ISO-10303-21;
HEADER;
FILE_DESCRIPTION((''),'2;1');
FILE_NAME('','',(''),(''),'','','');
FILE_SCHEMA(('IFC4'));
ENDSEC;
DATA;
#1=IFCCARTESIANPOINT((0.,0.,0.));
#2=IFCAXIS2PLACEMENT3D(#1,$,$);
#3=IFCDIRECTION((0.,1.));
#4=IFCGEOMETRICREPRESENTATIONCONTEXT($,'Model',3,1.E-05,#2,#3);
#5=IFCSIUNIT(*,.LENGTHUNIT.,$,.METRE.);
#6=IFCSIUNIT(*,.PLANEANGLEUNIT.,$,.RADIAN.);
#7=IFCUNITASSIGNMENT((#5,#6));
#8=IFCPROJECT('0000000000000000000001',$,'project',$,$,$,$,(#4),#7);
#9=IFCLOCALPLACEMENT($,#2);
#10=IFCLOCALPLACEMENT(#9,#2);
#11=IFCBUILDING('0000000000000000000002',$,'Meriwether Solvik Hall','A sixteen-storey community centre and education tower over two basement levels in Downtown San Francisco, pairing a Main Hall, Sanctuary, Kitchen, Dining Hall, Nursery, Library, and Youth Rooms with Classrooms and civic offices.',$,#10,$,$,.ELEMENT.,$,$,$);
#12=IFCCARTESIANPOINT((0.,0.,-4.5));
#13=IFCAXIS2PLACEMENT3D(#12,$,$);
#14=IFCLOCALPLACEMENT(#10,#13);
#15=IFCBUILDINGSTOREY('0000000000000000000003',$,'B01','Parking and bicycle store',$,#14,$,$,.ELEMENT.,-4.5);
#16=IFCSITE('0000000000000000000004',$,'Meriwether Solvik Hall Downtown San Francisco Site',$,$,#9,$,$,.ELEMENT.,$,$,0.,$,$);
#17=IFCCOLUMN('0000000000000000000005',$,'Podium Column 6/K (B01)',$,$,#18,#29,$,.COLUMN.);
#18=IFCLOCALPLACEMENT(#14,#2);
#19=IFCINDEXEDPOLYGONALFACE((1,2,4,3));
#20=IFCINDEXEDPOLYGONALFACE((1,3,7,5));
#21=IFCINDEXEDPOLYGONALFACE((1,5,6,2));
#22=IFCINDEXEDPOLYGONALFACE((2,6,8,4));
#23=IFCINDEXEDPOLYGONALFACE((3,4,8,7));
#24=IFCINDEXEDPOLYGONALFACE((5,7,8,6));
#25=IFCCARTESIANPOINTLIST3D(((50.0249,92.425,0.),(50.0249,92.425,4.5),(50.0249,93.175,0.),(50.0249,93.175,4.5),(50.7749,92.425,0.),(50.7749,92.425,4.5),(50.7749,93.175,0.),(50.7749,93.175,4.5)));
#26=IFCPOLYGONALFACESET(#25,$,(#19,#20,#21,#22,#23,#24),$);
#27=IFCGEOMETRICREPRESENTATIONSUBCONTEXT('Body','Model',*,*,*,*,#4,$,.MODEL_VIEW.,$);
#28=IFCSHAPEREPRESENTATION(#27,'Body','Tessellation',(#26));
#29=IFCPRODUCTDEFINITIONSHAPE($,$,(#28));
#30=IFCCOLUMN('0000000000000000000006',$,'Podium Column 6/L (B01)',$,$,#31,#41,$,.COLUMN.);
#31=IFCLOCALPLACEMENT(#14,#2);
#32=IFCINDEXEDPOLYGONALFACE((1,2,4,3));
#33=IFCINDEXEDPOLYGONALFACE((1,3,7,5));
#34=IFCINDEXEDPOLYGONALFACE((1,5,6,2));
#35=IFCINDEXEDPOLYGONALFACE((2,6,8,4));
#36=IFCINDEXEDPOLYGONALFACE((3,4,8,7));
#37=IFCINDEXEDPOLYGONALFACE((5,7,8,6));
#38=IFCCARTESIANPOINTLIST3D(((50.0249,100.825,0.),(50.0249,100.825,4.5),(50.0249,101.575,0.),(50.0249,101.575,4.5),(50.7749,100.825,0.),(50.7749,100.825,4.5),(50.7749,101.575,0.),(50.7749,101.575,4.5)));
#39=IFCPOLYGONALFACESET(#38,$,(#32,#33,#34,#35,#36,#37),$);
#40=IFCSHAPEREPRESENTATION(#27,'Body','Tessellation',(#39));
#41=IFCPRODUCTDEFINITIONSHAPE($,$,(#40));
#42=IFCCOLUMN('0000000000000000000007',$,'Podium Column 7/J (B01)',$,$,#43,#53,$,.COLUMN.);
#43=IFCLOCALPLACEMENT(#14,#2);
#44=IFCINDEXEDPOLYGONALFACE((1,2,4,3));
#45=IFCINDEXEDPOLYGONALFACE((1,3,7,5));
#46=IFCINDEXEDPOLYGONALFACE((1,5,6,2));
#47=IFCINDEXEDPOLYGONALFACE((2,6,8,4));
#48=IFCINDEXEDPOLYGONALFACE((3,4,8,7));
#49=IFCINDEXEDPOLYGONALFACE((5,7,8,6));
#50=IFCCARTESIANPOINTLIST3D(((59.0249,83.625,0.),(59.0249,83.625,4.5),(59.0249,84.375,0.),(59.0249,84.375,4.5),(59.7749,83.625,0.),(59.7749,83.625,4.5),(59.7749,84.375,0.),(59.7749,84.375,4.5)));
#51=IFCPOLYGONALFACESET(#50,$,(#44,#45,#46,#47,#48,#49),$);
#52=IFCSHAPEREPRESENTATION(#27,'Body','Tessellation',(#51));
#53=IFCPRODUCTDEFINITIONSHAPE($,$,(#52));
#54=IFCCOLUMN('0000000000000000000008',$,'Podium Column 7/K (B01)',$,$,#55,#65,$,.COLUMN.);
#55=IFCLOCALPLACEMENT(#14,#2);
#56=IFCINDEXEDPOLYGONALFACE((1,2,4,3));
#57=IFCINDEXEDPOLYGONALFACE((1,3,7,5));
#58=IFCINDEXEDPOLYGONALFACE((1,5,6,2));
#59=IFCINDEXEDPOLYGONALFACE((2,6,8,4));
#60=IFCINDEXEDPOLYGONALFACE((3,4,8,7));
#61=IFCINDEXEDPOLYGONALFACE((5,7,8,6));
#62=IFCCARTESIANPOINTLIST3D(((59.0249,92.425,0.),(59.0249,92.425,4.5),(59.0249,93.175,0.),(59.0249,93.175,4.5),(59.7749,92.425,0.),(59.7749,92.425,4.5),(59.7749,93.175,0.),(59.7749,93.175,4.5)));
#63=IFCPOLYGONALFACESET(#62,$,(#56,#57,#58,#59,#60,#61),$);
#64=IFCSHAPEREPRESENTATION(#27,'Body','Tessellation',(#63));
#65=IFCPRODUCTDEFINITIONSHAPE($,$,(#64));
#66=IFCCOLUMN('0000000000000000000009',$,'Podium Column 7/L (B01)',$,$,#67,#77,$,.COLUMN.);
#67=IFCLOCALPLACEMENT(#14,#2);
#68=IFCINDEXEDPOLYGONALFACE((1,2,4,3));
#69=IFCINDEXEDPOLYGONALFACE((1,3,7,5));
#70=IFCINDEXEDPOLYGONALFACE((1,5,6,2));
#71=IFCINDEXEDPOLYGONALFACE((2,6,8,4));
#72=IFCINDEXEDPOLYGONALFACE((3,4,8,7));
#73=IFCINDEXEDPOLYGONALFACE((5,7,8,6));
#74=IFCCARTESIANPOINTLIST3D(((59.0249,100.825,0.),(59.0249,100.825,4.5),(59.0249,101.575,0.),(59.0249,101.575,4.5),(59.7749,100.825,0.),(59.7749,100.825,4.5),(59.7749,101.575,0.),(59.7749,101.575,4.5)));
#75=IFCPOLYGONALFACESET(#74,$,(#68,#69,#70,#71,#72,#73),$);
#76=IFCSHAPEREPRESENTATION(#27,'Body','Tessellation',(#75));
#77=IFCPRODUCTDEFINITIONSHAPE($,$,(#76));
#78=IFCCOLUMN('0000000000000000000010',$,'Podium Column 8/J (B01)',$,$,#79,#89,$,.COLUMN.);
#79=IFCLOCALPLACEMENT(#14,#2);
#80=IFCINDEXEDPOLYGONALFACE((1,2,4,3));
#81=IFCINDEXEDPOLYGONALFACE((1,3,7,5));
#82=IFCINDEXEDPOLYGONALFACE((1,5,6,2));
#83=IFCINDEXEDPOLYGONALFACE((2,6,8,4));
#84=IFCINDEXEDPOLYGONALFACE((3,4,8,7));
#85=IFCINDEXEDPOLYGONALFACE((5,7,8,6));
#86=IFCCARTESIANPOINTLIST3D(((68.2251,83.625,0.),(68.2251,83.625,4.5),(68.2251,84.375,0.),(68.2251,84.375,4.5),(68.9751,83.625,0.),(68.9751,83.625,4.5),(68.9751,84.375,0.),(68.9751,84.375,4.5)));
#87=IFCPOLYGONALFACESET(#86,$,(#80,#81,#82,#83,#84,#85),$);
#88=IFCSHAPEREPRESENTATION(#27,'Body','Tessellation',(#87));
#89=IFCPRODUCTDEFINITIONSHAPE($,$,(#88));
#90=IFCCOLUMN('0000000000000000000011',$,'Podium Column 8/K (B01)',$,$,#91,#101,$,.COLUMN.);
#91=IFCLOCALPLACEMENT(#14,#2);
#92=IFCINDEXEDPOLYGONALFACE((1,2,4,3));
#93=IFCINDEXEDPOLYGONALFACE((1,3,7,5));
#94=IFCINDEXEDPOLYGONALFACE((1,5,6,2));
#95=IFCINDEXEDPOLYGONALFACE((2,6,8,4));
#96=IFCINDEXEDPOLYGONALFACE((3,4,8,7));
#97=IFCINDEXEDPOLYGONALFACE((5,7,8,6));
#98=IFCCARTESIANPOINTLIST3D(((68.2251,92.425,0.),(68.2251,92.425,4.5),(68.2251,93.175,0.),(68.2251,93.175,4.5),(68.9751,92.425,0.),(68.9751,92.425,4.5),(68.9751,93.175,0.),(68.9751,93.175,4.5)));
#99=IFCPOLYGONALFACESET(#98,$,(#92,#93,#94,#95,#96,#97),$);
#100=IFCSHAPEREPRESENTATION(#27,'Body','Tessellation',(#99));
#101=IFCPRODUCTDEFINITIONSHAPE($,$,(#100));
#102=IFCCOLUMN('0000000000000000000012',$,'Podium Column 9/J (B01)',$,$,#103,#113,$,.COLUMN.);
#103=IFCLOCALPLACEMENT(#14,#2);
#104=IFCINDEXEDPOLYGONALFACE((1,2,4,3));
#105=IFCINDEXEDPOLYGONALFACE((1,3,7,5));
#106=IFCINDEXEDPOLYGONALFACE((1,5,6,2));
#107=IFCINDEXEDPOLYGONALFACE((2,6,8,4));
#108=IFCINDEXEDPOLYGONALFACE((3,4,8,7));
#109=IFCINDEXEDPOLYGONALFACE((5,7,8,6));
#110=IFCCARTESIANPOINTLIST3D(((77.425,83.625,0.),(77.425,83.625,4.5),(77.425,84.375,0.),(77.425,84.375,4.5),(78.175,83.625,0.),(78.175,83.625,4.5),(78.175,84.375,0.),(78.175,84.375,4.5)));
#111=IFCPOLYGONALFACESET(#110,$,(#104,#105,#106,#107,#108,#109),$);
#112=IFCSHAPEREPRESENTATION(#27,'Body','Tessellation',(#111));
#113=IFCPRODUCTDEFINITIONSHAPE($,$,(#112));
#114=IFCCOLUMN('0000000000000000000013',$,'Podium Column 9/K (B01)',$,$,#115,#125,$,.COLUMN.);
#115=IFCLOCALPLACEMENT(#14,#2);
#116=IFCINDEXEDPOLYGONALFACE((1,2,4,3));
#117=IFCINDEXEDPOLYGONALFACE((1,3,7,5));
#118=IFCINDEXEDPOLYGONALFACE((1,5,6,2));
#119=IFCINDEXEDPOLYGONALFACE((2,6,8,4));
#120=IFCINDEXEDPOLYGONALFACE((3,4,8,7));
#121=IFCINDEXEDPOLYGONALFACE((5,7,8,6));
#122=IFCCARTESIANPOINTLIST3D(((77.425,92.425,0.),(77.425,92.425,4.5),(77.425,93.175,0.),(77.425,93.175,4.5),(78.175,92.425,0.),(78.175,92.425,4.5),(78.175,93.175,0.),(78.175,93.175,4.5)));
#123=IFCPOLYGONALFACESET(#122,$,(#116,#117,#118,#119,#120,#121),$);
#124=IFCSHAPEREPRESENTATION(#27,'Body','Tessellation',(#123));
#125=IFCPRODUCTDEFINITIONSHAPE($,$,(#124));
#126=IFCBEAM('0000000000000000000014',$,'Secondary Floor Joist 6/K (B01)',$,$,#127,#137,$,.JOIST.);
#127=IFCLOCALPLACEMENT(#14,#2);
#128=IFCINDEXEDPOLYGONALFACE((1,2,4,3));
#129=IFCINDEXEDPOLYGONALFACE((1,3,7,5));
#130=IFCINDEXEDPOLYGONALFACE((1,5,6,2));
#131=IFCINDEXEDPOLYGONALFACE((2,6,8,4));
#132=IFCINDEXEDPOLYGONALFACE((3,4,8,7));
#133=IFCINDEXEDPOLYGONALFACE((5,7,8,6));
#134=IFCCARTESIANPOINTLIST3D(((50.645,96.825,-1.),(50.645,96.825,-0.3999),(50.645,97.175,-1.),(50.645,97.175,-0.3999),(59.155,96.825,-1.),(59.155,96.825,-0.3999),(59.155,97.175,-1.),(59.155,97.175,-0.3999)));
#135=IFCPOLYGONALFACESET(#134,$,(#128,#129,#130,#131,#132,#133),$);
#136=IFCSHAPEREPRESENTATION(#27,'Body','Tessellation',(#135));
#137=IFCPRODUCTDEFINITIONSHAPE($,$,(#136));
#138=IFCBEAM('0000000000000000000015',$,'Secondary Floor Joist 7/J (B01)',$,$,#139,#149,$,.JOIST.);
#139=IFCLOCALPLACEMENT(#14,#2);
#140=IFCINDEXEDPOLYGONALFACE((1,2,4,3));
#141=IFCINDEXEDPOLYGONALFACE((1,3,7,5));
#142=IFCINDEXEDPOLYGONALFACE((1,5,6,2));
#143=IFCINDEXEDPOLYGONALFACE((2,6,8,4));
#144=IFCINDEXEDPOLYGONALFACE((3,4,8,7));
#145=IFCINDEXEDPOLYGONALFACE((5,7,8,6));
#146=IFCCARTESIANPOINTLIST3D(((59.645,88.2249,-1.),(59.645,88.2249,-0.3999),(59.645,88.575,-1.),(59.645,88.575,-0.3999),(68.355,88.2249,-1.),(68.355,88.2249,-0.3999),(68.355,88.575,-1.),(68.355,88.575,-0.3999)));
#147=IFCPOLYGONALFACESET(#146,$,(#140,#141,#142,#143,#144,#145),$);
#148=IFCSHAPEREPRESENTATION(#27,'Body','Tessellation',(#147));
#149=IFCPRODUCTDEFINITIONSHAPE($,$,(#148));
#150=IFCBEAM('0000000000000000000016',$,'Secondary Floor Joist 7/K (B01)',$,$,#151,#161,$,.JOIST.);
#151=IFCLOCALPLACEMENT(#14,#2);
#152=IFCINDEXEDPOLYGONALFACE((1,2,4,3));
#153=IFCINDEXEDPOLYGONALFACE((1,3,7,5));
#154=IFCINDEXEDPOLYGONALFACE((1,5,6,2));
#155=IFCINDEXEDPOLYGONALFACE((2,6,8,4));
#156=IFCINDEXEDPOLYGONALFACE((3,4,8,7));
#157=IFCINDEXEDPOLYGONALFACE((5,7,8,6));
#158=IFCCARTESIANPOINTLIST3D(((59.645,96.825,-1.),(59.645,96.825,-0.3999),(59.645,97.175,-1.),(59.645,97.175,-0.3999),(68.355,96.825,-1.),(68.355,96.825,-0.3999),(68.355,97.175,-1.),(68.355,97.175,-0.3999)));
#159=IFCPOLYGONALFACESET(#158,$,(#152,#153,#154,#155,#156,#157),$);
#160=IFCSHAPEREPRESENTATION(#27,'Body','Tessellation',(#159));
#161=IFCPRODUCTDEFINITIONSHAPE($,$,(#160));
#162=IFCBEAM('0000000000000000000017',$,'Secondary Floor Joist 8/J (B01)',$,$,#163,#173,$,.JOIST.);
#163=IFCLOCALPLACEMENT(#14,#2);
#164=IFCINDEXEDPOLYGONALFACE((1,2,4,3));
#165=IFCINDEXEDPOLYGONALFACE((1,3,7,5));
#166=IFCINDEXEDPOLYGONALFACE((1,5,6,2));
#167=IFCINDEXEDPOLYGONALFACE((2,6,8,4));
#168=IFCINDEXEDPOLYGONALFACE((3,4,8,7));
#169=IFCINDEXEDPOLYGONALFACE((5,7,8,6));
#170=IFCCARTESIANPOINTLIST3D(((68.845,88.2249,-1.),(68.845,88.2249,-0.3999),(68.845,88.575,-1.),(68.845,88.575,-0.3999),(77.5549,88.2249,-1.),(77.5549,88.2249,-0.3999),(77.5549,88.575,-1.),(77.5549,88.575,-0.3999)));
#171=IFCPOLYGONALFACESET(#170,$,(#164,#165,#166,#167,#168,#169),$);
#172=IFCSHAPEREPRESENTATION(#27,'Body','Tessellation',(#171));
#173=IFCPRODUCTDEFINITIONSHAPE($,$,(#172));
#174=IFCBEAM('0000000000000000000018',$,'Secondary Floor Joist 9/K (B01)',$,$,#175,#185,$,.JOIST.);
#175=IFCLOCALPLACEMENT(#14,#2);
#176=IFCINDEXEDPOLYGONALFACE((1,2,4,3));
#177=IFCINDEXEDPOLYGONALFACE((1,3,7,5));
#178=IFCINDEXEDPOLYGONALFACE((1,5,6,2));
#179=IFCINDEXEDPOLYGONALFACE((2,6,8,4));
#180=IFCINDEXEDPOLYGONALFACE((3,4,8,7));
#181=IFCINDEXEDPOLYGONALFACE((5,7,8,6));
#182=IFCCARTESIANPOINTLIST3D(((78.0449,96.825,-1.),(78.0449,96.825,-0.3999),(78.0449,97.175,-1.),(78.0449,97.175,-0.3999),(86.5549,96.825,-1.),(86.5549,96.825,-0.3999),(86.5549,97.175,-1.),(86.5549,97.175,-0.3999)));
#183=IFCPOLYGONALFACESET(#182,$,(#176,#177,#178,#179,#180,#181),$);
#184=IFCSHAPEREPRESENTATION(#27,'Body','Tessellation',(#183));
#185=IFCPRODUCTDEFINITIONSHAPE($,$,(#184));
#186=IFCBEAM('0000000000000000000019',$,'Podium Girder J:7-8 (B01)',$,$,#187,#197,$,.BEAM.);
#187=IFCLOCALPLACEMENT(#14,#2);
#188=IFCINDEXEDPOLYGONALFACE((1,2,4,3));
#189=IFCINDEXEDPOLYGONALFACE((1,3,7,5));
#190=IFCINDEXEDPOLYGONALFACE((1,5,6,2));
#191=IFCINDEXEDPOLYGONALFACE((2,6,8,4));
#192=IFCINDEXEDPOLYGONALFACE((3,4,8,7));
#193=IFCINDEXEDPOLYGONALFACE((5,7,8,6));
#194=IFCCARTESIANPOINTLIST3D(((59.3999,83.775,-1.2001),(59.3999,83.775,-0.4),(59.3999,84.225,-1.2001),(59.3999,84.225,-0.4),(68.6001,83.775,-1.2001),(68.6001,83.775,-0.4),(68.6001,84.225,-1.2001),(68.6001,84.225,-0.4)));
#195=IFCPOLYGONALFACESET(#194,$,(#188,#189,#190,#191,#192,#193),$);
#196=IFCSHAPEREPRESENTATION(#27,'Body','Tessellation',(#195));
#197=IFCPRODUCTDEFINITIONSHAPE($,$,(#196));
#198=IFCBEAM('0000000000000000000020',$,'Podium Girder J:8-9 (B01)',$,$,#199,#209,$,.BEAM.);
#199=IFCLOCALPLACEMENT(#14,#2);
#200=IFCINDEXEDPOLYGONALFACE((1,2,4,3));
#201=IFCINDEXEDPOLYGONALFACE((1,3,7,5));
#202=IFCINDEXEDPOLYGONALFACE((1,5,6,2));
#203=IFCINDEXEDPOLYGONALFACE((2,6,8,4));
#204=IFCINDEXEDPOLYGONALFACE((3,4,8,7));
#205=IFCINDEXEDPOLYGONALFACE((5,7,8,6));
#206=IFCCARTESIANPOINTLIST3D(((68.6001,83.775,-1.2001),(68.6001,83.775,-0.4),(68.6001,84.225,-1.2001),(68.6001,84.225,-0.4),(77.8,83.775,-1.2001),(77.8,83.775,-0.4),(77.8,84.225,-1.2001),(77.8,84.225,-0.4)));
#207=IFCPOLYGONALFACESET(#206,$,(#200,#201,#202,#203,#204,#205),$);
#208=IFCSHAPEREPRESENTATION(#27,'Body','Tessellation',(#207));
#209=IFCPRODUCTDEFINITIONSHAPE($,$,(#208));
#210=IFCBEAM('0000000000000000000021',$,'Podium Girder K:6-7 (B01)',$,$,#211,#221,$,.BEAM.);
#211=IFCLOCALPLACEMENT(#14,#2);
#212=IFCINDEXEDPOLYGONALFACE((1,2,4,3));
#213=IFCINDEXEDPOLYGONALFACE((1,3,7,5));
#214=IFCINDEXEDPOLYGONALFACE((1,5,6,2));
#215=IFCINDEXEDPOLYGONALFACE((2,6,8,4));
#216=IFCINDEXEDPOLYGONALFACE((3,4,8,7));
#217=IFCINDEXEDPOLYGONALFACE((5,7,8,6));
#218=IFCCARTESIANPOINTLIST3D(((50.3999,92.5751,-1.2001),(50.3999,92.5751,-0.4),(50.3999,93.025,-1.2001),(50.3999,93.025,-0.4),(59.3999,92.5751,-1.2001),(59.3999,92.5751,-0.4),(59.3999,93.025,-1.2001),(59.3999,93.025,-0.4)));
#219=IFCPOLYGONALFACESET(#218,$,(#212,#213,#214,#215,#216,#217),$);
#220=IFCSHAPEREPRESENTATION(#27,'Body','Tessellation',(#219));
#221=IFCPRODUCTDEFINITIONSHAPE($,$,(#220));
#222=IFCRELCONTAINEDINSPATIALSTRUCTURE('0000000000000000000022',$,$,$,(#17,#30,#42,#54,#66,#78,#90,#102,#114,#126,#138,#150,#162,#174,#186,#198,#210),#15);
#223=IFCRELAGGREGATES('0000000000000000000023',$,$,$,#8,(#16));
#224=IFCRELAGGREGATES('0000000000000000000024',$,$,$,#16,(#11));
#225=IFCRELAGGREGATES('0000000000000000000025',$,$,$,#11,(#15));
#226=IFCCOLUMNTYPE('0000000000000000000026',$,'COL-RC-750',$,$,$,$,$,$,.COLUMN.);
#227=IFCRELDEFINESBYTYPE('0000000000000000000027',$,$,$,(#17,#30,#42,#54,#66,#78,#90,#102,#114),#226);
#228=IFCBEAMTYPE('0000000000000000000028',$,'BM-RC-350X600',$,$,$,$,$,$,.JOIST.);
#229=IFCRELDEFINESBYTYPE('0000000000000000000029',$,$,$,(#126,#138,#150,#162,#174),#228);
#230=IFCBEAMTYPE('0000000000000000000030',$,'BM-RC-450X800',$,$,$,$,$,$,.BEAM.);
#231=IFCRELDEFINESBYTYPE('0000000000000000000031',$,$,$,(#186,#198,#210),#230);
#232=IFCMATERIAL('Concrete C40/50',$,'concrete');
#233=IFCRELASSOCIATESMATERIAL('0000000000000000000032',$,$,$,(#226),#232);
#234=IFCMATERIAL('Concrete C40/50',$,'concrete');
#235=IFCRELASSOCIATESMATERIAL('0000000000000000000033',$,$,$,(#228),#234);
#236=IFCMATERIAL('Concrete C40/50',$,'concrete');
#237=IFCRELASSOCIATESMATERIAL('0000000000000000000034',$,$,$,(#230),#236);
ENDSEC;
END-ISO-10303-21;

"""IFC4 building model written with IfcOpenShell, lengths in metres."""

from ifc_helpers import new_model, si_unit, direction, frame, origin, origin_2d, place, context, subcontext, project, spatial, rectangle, extrude, material, material_profile, profile_set, type_object, element, save


model = new_model("IFC4")

# Units and contexts
model_context = context("Model", 3, precision=1e-05, world=origin(), true_north=direction((0.0, 1.0)))
body_context = subcontext(model_context, "Body", "Model", "MODEL_VIEW")
ifc_project = project(units=[si_unit("LENGTHUNIT", "METRE"), si_unit("PLANEANGLEUNIT", "RADIAN")], contexts=[model_context])

# Site, building, storey
site_placement = place(None, origin())
site = spatial("IfcSite", under=ifc_project, at=site_placement, Name="Meriwether Solvik Hall Downtown San Francisco Site", CompositionType="ELEMENT", RefElevation=0.0)
building_placement = place(site_placement, origin())
building = spatial("IfcBuilding", under=site, at=building_placement, Name="Meriwether Solvik Hall", Description="A sixteen-storey community centre and education tower over two basement levels in Downtown San Francisco, pairing a Main Hall, Sanctuary, Kitchen, Dining Hall, Nursery, Library, and Youth Rooms with Classrooms and civic offices.", CompositionType="ELEMENT")
storey_placement = place(building_placement, frame((0.0, 0.0, -4.5)))
storey = spatial("IfcBuildingStorey", under=building, at=storey_placement, Name="B01", Description="Parking and bicycle store", CompositionType="ELEMENT", Elevation=-4.5)

# Columns
ifc_material_1 = material(Name="Concrete C40/50", Category="concrete")
ifc_material_profile_1 = material_profile(ifc_material_1, rectangle(XDim=0.75, YDim=0.75, at=origin_2d()), Name="RCC-750X750")
ifc_profile_set_1 = profile_set([ifc_material_profile_1], Name="Concrete C40/50")
column_type = type_object("IfcColumnType", Name="COL-RC-750", PredefinedType="COLUMN", material=ifc_profile_set_1)
for number, where, z_axis, x_axis, name in (
    (1, (50.3999, 92.8, 0.0), (0.0, 0.0, 1.0), (1.0, 0.0, 0.0), "Podium Column 6/K (B01)"),
    (2, (50.3999, 101.2, 0.0), (0.0, 0.0, 1.0), (1.0, 0.0, 0.0), "Podium Column 6/L (B01)"),
    (3, (59.3999, 84.0, 0.0), (0.0, 0.0, 1.0), (1.0, 0.0, 0.0), "Podium Column 7/J (B01)"),
    (4, (59.3999, 92.8, 0.0), (0.0, 0.0, 1.0), (1.0, 0.0, 0.0), "Podium Column 7/K (B01)"),
    (5, (59.3999, 101.2, 0.0), (0.0, 0.0, 1.0), (1.0, 0.0, 0.0), "Podium Column 7/L (B01)"),
    (6, (68.6001, 84.0, 0.0), (0.0, 0.0, 1.0), (1.0, 0.0, 0.0), "Podium Column 8/J (B01)"),
    (7, (68.6001, 92.8, 0.0), (0.0, 0.0, 1.0), (1.0, 0.0, 0.0), "Podium Column 8/K (B01)"),
    (8, (77.8, 84.0, 0.0), (0.0, 0.0, 1.0), (1.0, 0.0, 0.0), "Podium Column 9/J (B01)"),
    (9, (77.8, 92.8, 0.0), (0.0, 0.0, 1.0), (1.0, 0.0, 0.0), "Podium Column 9/K (B01)"),
):
    element("IfcColumn", number, at=place(storey_placement, frame(where, z_axis=z_axis, x_axis=x_axis)), inside=storey, type_object=column_type, Name=name, PredefinedType="COLUMN", context=body_context, shape_type="SweptSolid", body=[
        extrude(rectangle(XDim=0.75, YDim=0.75, at=origin_2d()), origin(), (0.0, 0.0, 1.0), 4.5),
    ])

# Beams
ifc_material_2 = material(Name="Concrete C40/50", Category="concrete")
ifc_material_profile_2 = material_profile(ifc_material_2, rectangle(XDim=0.3501, YDim=0.6001, at=origin_2d()), Name="RCB-350X600")
ifc_profile_set_2 = profile_set([ifc_material_profile_2], Name="Concrete C40/50")
beam_type_1 = type_object("IfcBeamType", Name="BM-RC-350X600", PredefinedType="JOIST", material=ifc_profile_set_2)
beam_1_placement = place(storey_placement, frame((50.645, 97.0, -0.7), z_axis=(1.0, 0.0, 0.0), x_axis=(0.0, 1.0, 0.0)))
element("IfcBeam", 10, at=beam_1_placement, inside=storey, type_object=beam_type_1, Name="Secondary Floor Joist 6/K (B01)", PredefinedType="JOIST", context=body_context, shape_type="SweptSolid", body=[
    extrude(rectangle(XDim=0.3501, YDim=0.6001, at=origin_2d()), origin(), (0.0, 0.0, 1.0), 8.51),
])
for number, where, z_axis, x_axis, name in (
    (11, (59.645, 88.3999, -0.7), (1.0, 0.0, 0.0), (0.0, 1.0, 0.0), "Secondary Floor Joist 7/J (B01)"),
    (12, (59.645, 97.0, -0.7), (1.0, 0.0, 0.0), (0.0, 1.0, 0.0), "Secondary Floor Joist 7/K (B01)"),
    (13, (68.845, 88.3999, -0.7), (1.0, 0.0, 0.0), (0.0, 1.0, 0.0), "Secondary Floor Joist 8/J (B01)"),
):
    element("IfcBeam", number, at=place(storey_placement, frame(where, z_axis=z_axis, x_axis=x_axis)), inside=storey, type_object=beam_type_1, Name=name, PredefinedType="JOIST", context=body_context, shape_type="SweptSolid", body=[
        extrude(rectangle(XDim=0.3501, YDim=0.6001, at=origin_2d()), origin(), (0.0, 0.0, 1.0), 8.71),
    ])
beam_2_placement = place(storey_placement, frame((78.0449, 97.0, -0.7), z_axis=(1.0, 0.0, 0.0), x_axis=(0.0, 1.0, 0.0)))
element("IfcBeam", 14, at=beam_2_placement, inside=storey, type_object=beam_type_1, Name="Secondary Floor Joist 9/K (B01)", PredefinedType="JOIST", context=body_context, shape_type="SweptSolid", body=[
    extrude(rectangle(XDim=0.3501, YDim=0.6001, at=origin_2d()), origin(), (0.0, 0.0, 1.0), 8.51),
])
ifc_material_3 = material(Name="Concrete C40/50", Category="concrete")
ifc_material_profile_3 = material_profile(ifc_material_3, rectangle(XDim=0.45, YDim=0.8, at=origin_2d()), Name="RCB-450X800")
ifc_profile_set_3 = profile_set([ifc_material_profile_3], Name="Concrete C40/50")
beam_type_2 = type_object("IfcBeamType", Name="BM-RC-450X800", PredefinedType="BEAM", material=ifc_profile_set_3)
beam_3_placement = place(storey_placement, frame((59.3999, 84.0, -0.8), z_axis=(1.0, 0.0, 0.0), x_axis=(0.0, 1.0, 0.0)))
element("IfcBeam", 15, at=beam_3_placement, inside=storey, type_object=beam_type_2, Name="Podium Girder J:7-8 (B01)", PredefinedType="BEAM", context=body_context, shape_type="SweptSolid", body=[
    extrude(rectangle(XDim=0.45, YDim=0.8, at=origin_2d()), origin(), (0.0, 0.0, 1.0), 9.2002),
])
beam_4_placement = place(storey_placement, frame((68.6001, 84.0, -0.8), z_axis=(1.0, 0.0, 0.0), x_axis=(0.0, 1.0, 0.0)))
element("IfcBeam", 16, at=beam_4_placement, inside=storey, type_object=beam_type_2, Name="Podium Girder J:8-9 (B01)", PredefinedType="BEAM", context=body_context, shape_type="SweptSolid", body=[
    extrude(rectangle(XDim=0.45, YDim=0.8, at=origin_2d()), origin(), (0.0, 0.0, 1.0), 9.2),
])
beam_5_placement = place(storey_placement, frame((50.3999, 92.8, -0.8), z_axis=(1.0, 0.0, 0.0), x_axis=(0.0, 1.0, 0.0)))
element("IfcBeam", 17, at=beam_5_placement, inside=storey, type_object=beam_type_2, Name="Podium Girder K:6-7 (B01)", PredefinedType="BEAM", context=body_context, shape_type="SweptSolid", body=[
    extrude(rectangle(XDim=0.45, YDim=0.8, at=origin_2d()), origin(), (0.0, 0.0, 1.0), 9.0),
])

save(model, "model.ifc")
